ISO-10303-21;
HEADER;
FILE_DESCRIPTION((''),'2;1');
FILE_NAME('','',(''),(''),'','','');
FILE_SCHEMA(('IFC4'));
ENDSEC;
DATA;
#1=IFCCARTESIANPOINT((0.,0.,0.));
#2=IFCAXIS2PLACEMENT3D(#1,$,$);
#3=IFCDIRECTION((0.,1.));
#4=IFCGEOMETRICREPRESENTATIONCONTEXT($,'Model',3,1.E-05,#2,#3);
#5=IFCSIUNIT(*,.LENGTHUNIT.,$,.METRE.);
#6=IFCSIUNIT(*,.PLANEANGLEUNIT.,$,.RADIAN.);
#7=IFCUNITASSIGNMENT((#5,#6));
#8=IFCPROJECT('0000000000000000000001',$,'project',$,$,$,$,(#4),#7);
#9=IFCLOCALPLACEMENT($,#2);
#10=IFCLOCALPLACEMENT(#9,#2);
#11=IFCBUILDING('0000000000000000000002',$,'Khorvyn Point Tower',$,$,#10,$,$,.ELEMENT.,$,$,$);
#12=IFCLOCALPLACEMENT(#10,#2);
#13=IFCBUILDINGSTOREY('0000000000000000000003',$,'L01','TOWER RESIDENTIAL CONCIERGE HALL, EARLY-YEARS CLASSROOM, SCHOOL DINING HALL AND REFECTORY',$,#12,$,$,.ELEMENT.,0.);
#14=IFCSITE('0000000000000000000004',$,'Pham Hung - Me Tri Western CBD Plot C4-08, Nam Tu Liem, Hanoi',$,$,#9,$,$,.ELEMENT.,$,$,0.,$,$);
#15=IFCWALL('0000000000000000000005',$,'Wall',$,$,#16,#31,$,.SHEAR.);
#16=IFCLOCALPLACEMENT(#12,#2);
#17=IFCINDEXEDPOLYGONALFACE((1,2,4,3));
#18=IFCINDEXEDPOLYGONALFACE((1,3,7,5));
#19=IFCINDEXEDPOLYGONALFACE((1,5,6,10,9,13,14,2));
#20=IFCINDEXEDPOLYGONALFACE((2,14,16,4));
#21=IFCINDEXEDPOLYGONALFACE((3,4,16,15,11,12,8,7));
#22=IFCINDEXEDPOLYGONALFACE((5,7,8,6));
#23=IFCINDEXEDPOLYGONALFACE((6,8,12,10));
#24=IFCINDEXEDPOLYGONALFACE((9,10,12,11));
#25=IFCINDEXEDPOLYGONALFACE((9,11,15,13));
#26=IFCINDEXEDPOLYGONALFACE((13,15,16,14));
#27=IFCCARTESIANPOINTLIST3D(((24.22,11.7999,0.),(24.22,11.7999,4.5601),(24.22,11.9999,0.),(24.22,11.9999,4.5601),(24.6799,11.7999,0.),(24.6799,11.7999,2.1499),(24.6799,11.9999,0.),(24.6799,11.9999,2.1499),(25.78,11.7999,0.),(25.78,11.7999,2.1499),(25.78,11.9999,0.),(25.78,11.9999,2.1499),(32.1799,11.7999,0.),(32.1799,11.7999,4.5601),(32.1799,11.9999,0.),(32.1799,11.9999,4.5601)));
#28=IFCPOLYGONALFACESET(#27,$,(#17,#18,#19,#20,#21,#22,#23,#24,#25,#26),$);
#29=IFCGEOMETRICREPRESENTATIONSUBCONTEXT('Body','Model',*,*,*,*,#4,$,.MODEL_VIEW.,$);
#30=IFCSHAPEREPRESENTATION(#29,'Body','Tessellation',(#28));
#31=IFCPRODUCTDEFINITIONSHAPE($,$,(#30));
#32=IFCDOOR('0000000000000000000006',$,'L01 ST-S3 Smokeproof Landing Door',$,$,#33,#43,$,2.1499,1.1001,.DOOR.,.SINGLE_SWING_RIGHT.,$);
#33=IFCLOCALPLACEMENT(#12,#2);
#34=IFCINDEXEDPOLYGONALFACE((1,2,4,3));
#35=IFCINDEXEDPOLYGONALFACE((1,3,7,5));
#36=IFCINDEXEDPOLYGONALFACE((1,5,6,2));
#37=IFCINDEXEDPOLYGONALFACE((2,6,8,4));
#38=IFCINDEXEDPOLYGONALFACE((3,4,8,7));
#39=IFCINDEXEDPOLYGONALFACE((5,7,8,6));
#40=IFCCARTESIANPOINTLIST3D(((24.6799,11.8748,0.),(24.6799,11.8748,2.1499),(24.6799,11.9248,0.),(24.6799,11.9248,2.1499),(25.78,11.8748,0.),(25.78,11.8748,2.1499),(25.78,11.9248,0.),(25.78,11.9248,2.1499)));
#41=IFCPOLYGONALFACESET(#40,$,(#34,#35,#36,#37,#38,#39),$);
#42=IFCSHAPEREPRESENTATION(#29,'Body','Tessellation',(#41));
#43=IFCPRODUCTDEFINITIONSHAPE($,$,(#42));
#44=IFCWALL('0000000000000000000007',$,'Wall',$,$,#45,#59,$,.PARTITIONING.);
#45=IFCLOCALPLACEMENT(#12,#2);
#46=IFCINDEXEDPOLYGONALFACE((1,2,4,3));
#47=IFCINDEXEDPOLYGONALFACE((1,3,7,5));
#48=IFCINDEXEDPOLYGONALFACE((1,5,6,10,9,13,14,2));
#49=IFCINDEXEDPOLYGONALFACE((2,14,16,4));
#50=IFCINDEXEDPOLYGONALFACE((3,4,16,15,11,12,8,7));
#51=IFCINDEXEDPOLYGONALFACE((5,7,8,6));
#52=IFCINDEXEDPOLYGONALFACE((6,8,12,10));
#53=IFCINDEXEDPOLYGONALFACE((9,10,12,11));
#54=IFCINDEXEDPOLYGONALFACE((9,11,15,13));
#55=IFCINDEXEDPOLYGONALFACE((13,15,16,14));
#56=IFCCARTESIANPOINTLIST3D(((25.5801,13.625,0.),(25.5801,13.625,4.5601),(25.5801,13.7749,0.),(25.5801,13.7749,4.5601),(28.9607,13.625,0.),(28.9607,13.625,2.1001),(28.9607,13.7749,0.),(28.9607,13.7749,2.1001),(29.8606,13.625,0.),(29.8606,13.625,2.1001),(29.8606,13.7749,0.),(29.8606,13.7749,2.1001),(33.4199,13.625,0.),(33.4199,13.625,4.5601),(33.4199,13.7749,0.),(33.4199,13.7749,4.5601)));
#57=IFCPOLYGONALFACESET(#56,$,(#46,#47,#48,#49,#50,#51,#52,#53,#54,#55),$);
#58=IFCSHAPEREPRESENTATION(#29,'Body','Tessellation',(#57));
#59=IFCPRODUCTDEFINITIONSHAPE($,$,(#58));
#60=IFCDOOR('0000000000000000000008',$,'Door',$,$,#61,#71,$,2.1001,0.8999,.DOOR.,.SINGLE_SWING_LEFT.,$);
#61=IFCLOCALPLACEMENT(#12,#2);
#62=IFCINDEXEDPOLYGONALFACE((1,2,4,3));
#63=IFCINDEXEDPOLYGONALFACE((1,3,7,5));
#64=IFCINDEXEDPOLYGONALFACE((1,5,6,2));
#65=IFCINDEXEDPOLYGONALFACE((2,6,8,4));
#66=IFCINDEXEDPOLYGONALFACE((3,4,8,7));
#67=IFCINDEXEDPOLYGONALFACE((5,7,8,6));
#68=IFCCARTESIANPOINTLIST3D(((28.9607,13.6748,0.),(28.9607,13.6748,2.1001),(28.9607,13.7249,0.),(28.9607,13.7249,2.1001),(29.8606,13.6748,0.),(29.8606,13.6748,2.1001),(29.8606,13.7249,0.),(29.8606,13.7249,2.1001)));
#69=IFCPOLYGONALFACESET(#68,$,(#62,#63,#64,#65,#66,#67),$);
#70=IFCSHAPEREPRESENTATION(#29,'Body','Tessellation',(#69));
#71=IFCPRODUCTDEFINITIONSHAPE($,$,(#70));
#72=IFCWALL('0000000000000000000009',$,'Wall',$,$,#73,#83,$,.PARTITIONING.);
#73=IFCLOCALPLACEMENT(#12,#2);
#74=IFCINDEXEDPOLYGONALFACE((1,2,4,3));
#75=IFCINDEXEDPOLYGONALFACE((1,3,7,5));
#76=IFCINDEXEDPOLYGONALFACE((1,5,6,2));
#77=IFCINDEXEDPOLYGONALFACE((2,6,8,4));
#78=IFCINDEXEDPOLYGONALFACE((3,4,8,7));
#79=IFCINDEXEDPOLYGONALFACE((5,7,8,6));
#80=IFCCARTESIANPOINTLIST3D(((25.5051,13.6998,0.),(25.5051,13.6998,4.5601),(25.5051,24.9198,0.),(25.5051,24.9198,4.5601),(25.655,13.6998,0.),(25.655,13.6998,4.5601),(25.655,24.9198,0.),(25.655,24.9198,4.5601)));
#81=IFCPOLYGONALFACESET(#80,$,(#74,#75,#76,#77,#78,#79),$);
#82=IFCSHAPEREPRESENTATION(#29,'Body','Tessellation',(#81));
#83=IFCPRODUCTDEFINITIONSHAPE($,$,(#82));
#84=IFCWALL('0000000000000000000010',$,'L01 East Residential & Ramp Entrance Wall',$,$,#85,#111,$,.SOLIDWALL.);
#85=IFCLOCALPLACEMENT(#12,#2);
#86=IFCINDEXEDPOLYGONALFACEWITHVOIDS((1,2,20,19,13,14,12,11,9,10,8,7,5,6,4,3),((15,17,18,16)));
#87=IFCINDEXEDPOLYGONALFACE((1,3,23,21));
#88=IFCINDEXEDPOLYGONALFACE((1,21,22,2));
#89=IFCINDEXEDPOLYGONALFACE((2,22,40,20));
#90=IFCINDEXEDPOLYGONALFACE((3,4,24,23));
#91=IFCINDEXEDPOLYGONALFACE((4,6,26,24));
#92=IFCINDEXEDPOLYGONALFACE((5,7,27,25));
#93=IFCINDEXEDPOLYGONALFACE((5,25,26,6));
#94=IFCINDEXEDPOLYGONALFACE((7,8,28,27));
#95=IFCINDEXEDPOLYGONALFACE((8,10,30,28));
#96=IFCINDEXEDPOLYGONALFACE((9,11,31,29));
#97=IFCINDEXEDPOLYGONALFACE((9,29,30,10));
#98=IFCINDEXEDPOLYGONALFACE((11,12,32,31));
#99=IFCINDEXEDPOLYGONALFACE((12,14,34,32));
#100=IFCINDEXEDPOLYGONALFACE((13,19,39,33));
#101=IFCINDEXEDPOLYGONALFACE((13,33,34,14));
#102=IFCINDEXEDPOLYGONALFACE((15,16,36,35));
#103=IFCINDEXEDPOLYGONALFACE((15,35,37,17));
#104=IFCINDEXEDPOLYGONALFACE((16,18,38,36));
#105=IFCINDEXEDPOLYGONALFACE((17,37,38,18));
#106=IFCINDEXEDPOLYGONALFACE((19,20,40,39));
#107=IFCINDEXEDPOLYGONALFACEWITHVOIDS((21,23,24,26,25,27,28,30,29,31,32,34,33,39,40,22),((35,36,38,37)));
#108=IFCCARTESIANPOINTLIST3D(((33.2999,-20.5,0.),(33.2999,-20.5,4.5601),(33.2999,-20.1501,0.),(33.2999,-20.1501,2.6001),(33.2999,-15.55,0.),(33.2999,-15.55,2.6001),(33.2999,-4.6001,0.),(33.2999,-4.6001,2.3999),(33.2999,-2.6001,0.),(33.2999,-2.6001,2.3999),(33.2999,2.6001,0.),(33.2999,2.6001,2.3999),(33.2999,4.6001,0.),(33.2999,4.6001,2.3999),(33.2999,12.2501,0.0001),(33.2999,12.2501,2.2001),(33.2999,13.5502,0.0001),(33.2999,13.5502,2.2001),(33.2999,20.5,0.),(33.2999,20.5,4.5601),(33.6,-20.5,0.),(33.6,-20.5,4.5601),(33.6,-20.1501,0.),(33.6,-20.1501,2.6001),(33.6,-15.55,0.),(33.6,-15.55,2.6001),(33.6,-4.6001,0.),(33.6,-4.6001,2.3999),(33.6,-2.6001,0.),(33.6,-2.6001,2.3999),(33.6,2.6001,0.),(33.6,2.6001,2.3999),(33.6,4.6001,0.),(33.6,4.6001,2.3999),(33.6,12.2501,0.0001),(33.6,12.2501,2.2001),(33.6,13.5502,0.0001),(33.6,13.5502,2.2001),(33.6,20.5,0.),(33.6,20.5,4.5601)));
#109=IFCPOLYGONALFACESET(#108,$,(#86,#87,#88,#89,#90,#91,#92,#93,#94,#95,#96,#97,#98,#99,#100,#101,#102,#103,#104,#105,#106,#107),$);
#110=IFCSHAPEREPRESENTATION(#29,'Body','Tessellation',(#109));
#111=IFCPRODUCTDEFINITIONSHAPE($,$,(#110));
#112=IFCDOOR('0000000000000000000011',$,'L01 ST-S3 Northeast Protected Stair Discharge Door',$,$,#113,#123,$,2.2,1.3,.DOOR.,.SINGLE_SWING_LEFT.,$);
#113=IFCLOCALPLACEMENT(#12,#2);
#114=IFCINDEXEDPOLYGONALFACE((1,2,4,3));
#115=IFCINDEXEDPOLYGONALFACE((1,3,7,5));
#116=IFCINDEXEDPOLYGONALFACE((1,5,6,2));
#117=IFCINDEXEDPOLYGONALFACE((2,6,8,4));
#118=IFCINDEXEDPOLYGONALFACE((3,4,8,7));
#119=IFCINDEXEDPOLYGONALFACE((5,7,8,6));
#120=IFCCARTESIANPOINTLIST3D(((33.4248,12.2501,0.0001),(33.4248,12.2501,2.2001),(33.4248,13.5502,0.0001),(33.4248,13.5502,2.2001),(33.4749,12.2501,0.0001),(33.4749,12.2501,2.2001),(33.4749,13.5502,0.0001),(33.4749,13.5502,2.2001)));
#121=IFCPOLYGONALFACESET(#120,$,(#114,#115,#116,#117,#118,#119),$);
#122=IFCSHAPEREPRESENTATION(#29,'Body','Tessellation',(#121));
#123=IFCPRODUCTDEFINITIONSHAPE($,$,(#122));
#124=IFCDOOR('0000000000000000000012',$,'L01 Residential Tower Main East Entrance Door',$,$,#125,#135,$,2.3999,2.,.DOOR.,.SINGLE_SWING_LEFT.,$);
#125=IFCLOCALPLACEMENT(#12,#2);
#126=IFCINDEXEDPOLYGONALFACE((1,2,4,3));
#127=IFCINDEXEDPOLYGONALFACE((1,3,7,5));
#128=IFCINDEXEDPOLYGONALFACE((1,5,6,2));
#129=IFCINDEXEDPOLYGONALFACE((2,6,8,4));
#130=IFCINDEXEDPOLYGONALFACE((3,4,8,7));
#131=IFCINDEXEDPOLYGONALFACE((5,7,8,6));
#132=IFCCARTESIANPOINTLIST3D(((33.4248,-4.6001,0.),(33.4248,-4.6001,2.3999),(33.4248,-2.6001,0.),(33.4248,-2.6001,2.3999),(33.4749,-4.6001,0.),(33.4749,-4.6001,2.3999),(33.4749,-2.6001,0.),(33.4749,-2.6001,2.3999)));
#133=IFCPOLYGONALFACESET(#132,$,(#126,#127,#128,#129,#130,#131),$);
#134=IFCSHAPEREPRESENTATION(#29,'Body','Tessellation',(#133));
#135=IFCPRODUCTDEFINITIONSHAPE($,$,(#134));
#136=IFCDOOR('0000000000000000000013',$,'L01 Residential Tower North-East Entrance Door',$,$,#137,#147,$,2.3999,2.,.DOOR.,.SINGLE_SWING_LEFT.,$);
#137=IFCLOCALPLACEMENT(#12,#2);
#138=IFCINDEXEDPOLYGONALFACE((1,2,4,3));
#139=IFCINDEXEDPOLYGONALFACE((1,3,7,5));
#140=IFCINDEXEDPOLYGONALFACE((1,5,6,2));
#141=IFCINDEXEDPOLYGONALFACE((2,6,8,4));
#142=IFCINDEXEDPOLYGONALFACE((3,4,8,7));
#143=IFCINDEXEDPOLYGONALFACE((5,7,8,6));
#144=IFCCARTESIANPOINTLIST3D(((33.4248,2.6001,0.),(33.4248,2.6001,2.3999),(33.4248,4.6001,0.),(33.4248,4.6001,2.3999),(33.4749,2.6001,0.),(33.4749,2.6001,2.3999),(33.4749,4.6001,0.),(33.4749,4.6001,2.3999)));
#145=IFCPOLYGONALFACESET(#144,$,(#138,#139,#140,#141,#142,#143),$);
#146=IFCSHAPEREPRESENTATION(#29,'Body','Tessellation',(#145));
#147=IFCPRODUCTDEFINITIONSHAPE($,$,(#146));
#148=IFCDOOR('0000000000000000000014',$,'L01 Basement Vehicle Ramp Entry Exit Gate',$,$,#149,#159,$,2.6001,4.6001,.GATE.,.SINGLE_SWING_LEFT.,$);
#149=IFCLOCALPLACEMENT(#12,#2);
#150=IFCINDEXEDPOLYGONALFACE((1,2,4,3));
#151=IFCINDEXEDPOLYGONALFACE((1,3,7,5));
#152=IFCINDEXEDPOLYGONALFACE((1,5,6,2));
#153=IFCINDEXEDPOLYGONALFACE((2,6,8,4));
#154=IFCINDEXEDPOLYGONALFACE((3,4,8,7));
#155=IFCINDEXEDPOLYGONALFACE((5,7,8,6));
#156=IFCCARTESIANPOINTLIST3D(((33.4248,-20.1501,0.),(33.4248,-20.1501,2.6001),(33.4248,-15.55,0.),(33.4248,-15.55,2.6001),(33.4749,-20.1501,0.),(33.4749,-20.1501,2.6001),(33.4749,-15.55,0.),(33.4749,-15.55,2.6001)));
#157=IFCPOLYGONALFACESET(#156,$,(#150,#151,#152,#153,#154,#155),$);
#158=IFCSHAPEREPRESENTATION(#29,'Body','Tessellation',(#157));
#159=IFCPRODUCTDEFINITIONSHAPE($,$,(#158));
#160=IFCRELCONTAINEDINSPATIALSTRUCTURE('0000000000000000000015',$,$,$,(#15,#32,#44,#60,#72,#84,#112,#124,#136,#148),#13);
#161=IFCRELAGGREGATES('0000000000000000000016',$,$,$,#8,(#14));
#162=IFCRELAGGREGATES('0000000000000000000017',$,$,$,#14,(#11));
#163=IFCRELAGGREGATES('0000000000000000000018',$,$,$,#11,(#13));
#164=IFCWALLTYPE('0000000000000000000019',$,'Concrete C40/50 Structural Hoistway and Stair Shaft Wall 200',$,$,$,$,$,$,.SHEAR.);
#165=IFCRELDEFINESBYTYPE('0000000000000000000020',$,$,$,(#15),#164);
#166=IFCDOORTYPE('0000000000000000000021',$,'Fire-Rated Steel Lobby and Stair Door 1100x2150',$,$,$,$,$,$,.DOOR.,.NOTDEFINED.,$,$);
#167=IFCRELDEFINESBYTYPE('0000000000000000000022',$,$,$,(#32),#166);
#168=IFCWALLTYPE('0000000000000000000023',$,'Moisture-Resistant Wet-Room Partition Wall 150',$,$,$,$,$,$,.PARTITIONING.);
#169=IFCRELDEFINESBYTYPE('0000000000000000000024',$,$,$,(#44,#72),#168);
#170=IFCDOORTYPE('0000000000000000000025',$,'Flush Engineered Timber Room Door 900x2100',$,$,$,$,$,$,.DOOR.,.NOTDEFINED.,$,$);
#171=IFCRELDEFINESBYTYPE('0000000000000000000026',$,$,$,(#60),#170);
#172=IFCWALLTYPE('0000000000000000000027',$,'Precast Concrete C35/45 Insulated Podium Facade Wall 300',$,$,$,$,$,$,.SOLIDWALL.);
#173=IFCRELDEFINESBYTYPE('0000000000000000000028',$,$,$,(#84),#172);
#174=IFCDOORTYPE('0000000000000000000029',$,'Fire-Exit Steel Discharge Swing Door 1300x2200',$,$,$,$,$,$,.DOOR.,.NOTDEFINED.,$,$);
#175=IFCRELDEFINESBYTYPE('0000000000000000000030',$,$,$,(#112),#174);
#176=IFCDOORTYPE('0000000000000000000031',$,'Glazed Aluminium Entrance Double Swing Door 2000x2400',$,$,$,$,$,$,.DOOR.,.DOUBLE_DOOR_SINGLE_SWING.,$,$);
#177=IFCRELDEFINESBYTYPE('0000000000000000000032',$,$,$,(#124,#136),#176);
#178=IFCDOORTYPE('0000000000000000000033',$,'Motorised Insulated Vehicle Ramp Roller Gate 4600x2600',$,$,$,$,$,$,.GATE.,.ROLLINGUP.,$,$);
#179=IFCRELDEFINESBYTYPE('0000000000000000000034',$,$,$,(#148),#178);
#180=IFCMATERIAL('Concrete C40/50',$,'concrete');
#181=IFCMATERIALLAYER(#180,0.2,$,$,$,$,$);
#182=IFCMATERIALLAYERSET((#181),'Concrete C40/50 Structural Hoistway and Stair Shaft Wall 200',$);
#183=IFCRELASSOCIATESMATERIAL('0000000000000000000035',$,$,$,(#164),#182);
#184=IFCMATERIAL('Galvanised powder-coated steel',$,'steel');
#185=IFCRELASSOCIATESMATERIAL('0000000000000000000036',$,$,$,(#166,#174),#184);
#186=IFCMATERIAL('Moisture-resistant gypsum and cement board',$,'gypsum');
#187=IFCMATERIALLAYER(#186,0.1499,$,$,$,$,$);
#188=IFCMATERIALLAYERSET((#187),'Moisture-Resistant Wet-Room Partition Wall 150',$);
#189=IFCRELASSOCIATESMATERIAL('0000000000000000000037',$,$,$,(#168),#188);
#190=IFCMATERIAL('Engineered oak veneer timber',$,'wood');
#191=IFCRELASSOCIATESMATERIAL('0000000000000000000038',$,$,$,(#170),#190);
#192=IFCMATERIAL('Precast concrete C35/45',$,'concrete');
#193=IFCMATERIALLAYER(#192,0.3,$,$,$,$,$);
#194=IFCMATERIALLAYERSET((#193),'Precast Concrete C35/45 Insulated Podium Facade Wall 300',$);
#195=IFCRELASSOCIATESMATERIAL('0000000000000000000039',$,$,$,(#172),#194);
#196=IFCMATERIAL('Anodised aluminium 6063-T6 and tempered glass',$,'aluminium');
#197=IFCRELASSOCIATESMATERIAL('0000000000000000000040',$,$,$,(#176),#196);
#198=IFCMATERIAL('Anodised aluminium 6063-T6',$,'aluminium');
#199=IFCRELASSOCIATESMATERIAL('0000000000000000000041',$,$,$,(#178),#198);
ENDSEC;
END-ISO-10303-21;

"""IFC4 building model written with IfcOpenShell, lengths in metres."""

from ifc_helpers import new_model, si_unit, direction, frame, frame_2d, origin, place, context, subcontext, project, spatial, rectangle, extrude, material, layer, layer_set, type_object, element, fill, save


model = new_model("IFC4")

# Units and contexts
model_context = context("Model", 3, precision=1e-05, world=origin(), true_north=direction((0.0, 1.0)))
body_context = subcontext(model_context, "Body", "Model", "MODEL_VIEW")
ifc_project = project(units=[si_unit("LENGTHUNIT", "METRE"), si_unit("PLANEANGLEUNIT", "RADIAN")], contexts=[model_context])

# Site, building, storey
site_placement = place(None, origin())
site = spatial("IfcSite", under=ifc_project, at=site_placement, Name="Pham Hung - Me Tri Western CBD Plot C4-08, Nam Tu Liem, Hanoi", CompositionType="ELEMENT", RefElevation=0.0)
building_placement = place(site_placement, origin())
building = spatial("IfcBuilding", under=site, at=building_placement, Name="Khorvyn Point Tower", CompositionType="ELEMENT")
storey_placement = place(building_placement, origin())
storey = spatial("IfcBuildingStorey", under=building, at=storey_placement, Name="L01", Description="TOWER RESIDENTIAL CONCIERGE HALL, EARLY-YEARS CLASSROOM, SCHOOL DINING HALL AND REFECTORY", CompositionType="ELEMENT", Elevation=0.0)

# Shared definitions
ifc_material_1 = material(Name="Concrete C40/50", Category="concrete")

# Shared definitions
ifc_layer_1 = layer(ifc_material_1, 0.2)
ifc_layer_set_1 = layer_set([ifc_layer_1], Name="Concrete C40/50 Structural Hoistway and Stair Shaft Wall 200")
wall_type_1 = type_object("IfcWallType", Name="Concrete C40/50 Structural Hoistway and Stair Shaft Wall 200", PredefinedType="SHEAR", material=ifc_layer_set_1)

# Walls, openings, doors
wall_1_placement = place(storey_placement, frame((24.22, 11.8999, 0.0), z_axis=(0.0, 0.0, 1.0), x_axis=(1.0, 0.0, 0.0)))
wall_1 = element("IfcWall", 1, at=wall_1_placement, inside=storey, type_object=wall_type_1, Name="Wall", PredefinedType="SHEAR", context=body_context, shape_type="SweptSolid", body=[
    extrude(rectangle(XDim=7.96, YDim=0.2, at=frame_2d((3.98, 0.0))), origin(), (0.0, 0.0, 1.0), 4.5601),
])
opening_1_placement = place(wall_1_placement, frame((0.46, 0.0, 0.0)))
opening_1 = element("IfcOpeningElement", 2, at=opening_1_placement, cuts=wall_1, PredefinedType="OPENING", context=body_context, shape_type="SweptSolid", body=[
    extrude(rectangle(XDim=1.1001, YDim=2.1499, at=frame_2d((0.55, 1.075))), frame((0.0, 0.1099, 0.0), z_axis=(0.0, -1.0, 0.0), x_axis=(1.0, 0.0, 0.0)), (0.0, 0.0, 1.0), 0.22),
])
ifc_material_2 = material(Name="Galvanised powder-coated steel", Category="steel")
door_type_1 = type_object("IfcDoorType", Name="Fire-Rated Steel Lobby and Stair Door 1100x2150", OperationType="NOTDEFINED", PredefinedType="DOOR", material=ifc_material_2)
door_1_placement = place(opening_1_placement, origin())
door_1 = element("IfcDoor", 3, at=door_1_placement, inside=storey, type_object=door_type_1, Name="L01 ST-S3 Smokeproof Landing Door", OperationType="SINGLE_SWING_RIGHT", OverallHeight=2.1499, OverallWidth=1.1001, PredefinedType="DOOR", context=body_context, shape_type="SweptSolid", body=[
    extrude(rectangle(XDim=1.1001, YDim=2.1499, at=frame_2d((0.55, 1.075))), frame((0.0, 0.0249, 0.0), z_axis=(0.0, -1.0, 0.0), x_axis=(1.0, 0.0, 0.0)), (0.0, 0.0, 1.0), 0.05),
])
fill(opening_1, door_1)
ifc_material_3 = material(Name="Moisture-resistant gypsum and cement board", Category="gypsum")
ifc_layer_2 = layer(ifc_material_3, 0.1499)
ifc_layer_set_2 = layer_set([ifc_layer_2], Name="Moisture-Resistant Wet-Room Partition Wall 150")
wall_type_2 = type_object("IfcWallType", Name="Moisture-Resistant Wet-Room Partition Wall 150", PredefinedType="PARTITIONING", material=ifc_layer_set_2)
wall_2_placement = place(storey_placement, frame((25.5801, 13.7, 0.0), z_axis=(0.0, 0.0, 1.0), x_axis=(1.0, 0.0, 0.0)))
wall_2 = element("IfcWall", 4, at=wall_2_placement, inside=storey, type_object=wall_type_2, Name="Wall", PredefinedType="PARTITIONING", context=body_context, shape_type="SweptSolid", body=[
    extrude(rectangle(XDim=7.8398, YDim=0.1499, at=frame_2d((3.9199, 0.0))), origin(), (0.0, 0.0, 1.0), 4.5601),
])
opening_2_placement = place(wall_2_placement, frame((3.3806, 0.0, 0.0)))
opening_2 = element("IfcOpeningElement", 5, at=opening_2_placement, cuts=wall_2, PredefinedType="OPENING", context=body_context, shape_type="SweptSolid", body=[
    extrude(rectangle(XDim=0.8999, YDim=2.1001, at=frame_2d((0.45, 1.05))), frame((0.0, 0.085, 0.0), z_axis=(0.0, -1.0, 0.0), x_axis=(1.0, 0.0, 0.0)), (0.0, 0.0, 1.0), 0.1699),
])
ifc_material_4 = material(Name="Engineered oak veneer timber", Category="wood")
door_type_2 = type_object("IfcDoorType", Name="Flush Engineered Timber Room Door 900x2100", OperationType="NOTDEFINED", PredefinedType="DOOR", material=ifc_material_4)
door_2_placement = place(opening_2_placement, origin())
door_2 = element("IfcDoor", 6, at=door_2_placement, inside=storey, type_object=door_type_2, Name="Door", OperationType="SINGLE_SWING_LEFT", OverallHeight=2.1001, OverallWidth=0.8999, PredefinedType="DOOR", context=body_context, shape_type="SweptSolid", body=[
    extrude(rectangle(XDim=0.8999, YDim=2.1001, at=frame_2d((0.45, 1.05))), frame((0.0, 0.0249, 0.0), z_axis=(0.0, -1.0, 0.0), x_axis=(1.0, 0.0, 0.0)), (0.0, 0.0, 1.0), 0.05),
])
fill(opening_2, door_2)

# Wall
wall_3_placement = place(storey_placement, frame((25.5801, 13.7, 0.0), z_axis=(0.0, 0.0, 1.0), x_axis=(0.0, 1.0, 0.0)))
element("IfcWall", 7, at=wall_3_placement, inside=storey, type_object=wall_type_2, Name="Wall", PredefinedType="PARTITIONING", context=body_context, shape_type="SweptSolid", body=[
    extrude(rectangle(XDim=11.22, YDim=0.1499, at=frame_2d((5.6099, 0.0))), origin(), (0.0, 0.0, 1.0), 4.5601),
])

# Wall, openings, doors
ifc_material_5 = material(Name="Precast concrete C35/45", Category="concrete")
ifc_layer_3 = layer(ifc_material_5, 0.3)
ifc_layer_set_3 = layer_set([ifc_layer_3], Name="Precast Concrete C35/45 Insulated Podium Facade Wall 300")
wall_type_3 = type_object("IfcWallType", Name="Precast Concrete C35/45 Insulated Podium Facade Wall 300", PredefinedType="SOLIDWALL", material=ifc_layer_set_3)
wall_4_placement = place(storey_placement, frame((33.45, 20.5, 0.0), z_axis=(0.0, 0.0, 1.0), x_axis=(0.0, -1.0, 0.0)))
wall_4 = element("IfcWall", 8, at=wall_4_placement, inside=storey, type_object=wall_type_3, Name="L01 East Residential & Ramp Entrance Wall", PredefinedType="SOLIDWALL", context=body_context, shape_type="SweptSolid", body=[
    extrude(rectangle(XDim=41.0, YDim=0.3, at=frame_2d((20.5, 0.0))), origin(), (0.0, 0.0, 1.0), 4.5601),
])
opening_3_placement = place(wall_4_placement, frame((23.1001, 0.0, 0.0)))
opening_3 = element("IfcOpeningElement", 9, at=opening_3_placement, cuts=wall_4, PredefinedType="OPENING", context=body_context, shape_type="SweptSolid", body=[
    extrude(rectangle(XDim=2.0, YDim=2.3999, at=frame_2d((1.0, 1.2))), frame((0.0, 0.1599, 0.0), z_axis=(0.0, -1.0, 0.0), x_axis=(1.0, 0.0, 0.0)), (0.0, 0.0, 1.0), 0.3201),
])
opening_4_placement = place(wall_4_placement, frame((15.8999, 0.0, 0.0)))
opening_4 = element("IfcOpeningElement", 10, at=opening_4_placement, cuts=wall_4, PredefinedType="OPENING", context=body_context, shape_type="SweptSolid", body=[
    extrude(rectangle(XDim=2.0, YDim=2.3999, at=frame_2d((1.0, 1.2))), frame((0.0, 0.1599, 0.0), z_axis=(0.0, -1.0, 0.0), x_axis=(1.0, 0.0, 0.0)), (0.0, 0.0, 1.0), 0.3201),
])
opening_5_placement = place(wall_4_placement, frame((36.05, 0.0, 0.0)))
opening_5 = element("IfcOpeningElement", 11, at=opening_5_placement, cuts=wall_4, PredefinedType="OPENING", context=body_context, shape_type="SweptSolid", body=[
    extrude(rectangle(XDim=4.6001, YDim=2.6001, at=frame_2d((2.3, 1.3))), frame((0.0, 0.1599, 0.0), z_axis=(0.0, -1.0, 0.0), x_axis=(1.0, 0.0, 0.0)), (0.0, 0.0, 1.0), 0.3201),
])
opening_6_placement = place(wall_4_placement, frame((6.95, 0.0, 0.0)))
opening_6 = element("IfcOpeningElement", 12, at=opening_6_placement, cuts=wall_4, PredefinedType="OPENING", context=body_context, shape_type="SweptSolid", body=[
    extrude(rectangle(XDim=1.3, YDim=2.2, at=frame_2d((0.6499, 1.1001))), frame((0.0, 0.1599, 0.0), z_axis=(0.0, -1.0, 0.0), x_axis=(1.0, 0.0, 0.0)), (0.0, 0.0, 1.0), 0.3201),
])
door_type_3 = type_object("IfcDoorType", Name="Fire-Exit Steel Discharge Swing Door 1300x2200", OperationType="NOTDEFINED", PredefinedType="DOOR", material=ifc_material_2)
door_3_placement = place(opening_6_placement, origin())
door_3 = element("IfcDoor", 13, at=door_3_placement, inside=storey, type_object=door_type_3, Name="L01 ST-S3 Northeast Protected Stair Discharge Door", OperationType="SINGLE_SWING_LEFT", OverallHeight=2.2, OverallWidth=1.3, PredefinedType="DOOR", context=body_context, shape_type="SweptSolid", body=[
    extrude(rectangle(XDim=1.3, YDim=2.2, at=frame_2d((0.6499, 1.1001))), frame((0.0, 0.0249, 0.0), z_axis=(0.0, -1.0, 0.0), x_axis=(1.0, 0.0, 0.0)), (0.0, 0.0, 1.0), 0.05),
])
fill(opening_6, door_3)
ifc_material_6 = material(Name="Anodised aluminium 6063-T6 and tempered glass", Category="aluminium")
door_type_4 = type_object("IfcDoorType", Name="Glazed Aluminium Entrance Double Swing Door 2000x2400", OperationType="DOUBLE_DOOR_SINGLE_SWING", PredefinedType="DOOR", material=ifc_material_6)
door_4_placement = place(opening_3_placement, origin())
door_4 = element("IfcDoor", 14, at=door_4_placement, inside=storey, type_object=door_type_4, Name="L01 Residential Tower Main East Entrance Door", OperationType="SINGLE_SWING_LEFT", OverallHeight=2.3999, OverallWidth=2.0, PredefinedType="DOOR", context=body_context, shape_type="SweptSolid", body=[
    extrude(rectangle(XDim=2.0, YDim=2.3999, at=frame_2d((1.0, 1.2))), frame((0.0, 0.0249, 0.0), z_axis=(0.0, -1.0, 0.0), x_axis=(1.0, 0.0, 0.0)), (0.0, 0.0, 1.0), 0.05),
])
fill(opening_3, door_4)
door_5_placement = place(opening_4_placement, origin())
door_5 = element("IfcDoor", 15, at=door_5_placement, inside=storey, type_object=door_type_4, Name="L01 Residential Tower North-East Entrance Door", OperationType="SINGLE_SWING_LEFT", OverallHeight=2.3999, OverallWidth=2.0, PredefinedType="DOOR", context=body_context, shape_type="SweptSolid", body=[
    extrude(rectangle(XDim=2.0, YDim=2.3999, at=frame_2d((1.0, 1.2))), frame((0.0, 0.0249, 0.0), z_axis=(0.0, -1.0, 0.0), x_axis=(1.0, 0.0, 0.0)), (0.0, 0.0, 1.0), 0.05),
])
fill(opening_4, door_5)
ifc_material_7 = material(Name="Anodised aluminium 6063-T6", Category="aluminium")
door_type_5 = type_object("IfcDoorType", Name="Motorised Insulated Vehicle Ramp Roller Gate 4600x2600", OperationType="ROLLINGUP", PredefinedType="GATE", material=ifc_material_7)
door_6_placement = place(opening_5_placement, origin())
door_6 = element("IfcDoor", 16, at=door_6_placement, inside=storey, type_object=door_type_5, Name="L01 Basement Vehicle Ramp Entry Exit Gate", OperationType="SINGLE_SWING_LEFT", OverallHeight=2.6001, OverallWidth=4.6001, PredefinedType="GATE", context=body_context, shape_type="SweptSolid", body=[
    extrude(rectangle(XDim=4.6001, YDim=2.6001, at=frame_2d((2.3, 1.3))), frame((0.0, 0.0249, 0.0), z_axis=(0.0, -1.0, 0.0), x_axis=(1.0, 0.0, 0.0)), (0.0, 0.0, 1.0), 0.05),
])
fill(opening_5, door_6)

save(model, "model.ifc")
